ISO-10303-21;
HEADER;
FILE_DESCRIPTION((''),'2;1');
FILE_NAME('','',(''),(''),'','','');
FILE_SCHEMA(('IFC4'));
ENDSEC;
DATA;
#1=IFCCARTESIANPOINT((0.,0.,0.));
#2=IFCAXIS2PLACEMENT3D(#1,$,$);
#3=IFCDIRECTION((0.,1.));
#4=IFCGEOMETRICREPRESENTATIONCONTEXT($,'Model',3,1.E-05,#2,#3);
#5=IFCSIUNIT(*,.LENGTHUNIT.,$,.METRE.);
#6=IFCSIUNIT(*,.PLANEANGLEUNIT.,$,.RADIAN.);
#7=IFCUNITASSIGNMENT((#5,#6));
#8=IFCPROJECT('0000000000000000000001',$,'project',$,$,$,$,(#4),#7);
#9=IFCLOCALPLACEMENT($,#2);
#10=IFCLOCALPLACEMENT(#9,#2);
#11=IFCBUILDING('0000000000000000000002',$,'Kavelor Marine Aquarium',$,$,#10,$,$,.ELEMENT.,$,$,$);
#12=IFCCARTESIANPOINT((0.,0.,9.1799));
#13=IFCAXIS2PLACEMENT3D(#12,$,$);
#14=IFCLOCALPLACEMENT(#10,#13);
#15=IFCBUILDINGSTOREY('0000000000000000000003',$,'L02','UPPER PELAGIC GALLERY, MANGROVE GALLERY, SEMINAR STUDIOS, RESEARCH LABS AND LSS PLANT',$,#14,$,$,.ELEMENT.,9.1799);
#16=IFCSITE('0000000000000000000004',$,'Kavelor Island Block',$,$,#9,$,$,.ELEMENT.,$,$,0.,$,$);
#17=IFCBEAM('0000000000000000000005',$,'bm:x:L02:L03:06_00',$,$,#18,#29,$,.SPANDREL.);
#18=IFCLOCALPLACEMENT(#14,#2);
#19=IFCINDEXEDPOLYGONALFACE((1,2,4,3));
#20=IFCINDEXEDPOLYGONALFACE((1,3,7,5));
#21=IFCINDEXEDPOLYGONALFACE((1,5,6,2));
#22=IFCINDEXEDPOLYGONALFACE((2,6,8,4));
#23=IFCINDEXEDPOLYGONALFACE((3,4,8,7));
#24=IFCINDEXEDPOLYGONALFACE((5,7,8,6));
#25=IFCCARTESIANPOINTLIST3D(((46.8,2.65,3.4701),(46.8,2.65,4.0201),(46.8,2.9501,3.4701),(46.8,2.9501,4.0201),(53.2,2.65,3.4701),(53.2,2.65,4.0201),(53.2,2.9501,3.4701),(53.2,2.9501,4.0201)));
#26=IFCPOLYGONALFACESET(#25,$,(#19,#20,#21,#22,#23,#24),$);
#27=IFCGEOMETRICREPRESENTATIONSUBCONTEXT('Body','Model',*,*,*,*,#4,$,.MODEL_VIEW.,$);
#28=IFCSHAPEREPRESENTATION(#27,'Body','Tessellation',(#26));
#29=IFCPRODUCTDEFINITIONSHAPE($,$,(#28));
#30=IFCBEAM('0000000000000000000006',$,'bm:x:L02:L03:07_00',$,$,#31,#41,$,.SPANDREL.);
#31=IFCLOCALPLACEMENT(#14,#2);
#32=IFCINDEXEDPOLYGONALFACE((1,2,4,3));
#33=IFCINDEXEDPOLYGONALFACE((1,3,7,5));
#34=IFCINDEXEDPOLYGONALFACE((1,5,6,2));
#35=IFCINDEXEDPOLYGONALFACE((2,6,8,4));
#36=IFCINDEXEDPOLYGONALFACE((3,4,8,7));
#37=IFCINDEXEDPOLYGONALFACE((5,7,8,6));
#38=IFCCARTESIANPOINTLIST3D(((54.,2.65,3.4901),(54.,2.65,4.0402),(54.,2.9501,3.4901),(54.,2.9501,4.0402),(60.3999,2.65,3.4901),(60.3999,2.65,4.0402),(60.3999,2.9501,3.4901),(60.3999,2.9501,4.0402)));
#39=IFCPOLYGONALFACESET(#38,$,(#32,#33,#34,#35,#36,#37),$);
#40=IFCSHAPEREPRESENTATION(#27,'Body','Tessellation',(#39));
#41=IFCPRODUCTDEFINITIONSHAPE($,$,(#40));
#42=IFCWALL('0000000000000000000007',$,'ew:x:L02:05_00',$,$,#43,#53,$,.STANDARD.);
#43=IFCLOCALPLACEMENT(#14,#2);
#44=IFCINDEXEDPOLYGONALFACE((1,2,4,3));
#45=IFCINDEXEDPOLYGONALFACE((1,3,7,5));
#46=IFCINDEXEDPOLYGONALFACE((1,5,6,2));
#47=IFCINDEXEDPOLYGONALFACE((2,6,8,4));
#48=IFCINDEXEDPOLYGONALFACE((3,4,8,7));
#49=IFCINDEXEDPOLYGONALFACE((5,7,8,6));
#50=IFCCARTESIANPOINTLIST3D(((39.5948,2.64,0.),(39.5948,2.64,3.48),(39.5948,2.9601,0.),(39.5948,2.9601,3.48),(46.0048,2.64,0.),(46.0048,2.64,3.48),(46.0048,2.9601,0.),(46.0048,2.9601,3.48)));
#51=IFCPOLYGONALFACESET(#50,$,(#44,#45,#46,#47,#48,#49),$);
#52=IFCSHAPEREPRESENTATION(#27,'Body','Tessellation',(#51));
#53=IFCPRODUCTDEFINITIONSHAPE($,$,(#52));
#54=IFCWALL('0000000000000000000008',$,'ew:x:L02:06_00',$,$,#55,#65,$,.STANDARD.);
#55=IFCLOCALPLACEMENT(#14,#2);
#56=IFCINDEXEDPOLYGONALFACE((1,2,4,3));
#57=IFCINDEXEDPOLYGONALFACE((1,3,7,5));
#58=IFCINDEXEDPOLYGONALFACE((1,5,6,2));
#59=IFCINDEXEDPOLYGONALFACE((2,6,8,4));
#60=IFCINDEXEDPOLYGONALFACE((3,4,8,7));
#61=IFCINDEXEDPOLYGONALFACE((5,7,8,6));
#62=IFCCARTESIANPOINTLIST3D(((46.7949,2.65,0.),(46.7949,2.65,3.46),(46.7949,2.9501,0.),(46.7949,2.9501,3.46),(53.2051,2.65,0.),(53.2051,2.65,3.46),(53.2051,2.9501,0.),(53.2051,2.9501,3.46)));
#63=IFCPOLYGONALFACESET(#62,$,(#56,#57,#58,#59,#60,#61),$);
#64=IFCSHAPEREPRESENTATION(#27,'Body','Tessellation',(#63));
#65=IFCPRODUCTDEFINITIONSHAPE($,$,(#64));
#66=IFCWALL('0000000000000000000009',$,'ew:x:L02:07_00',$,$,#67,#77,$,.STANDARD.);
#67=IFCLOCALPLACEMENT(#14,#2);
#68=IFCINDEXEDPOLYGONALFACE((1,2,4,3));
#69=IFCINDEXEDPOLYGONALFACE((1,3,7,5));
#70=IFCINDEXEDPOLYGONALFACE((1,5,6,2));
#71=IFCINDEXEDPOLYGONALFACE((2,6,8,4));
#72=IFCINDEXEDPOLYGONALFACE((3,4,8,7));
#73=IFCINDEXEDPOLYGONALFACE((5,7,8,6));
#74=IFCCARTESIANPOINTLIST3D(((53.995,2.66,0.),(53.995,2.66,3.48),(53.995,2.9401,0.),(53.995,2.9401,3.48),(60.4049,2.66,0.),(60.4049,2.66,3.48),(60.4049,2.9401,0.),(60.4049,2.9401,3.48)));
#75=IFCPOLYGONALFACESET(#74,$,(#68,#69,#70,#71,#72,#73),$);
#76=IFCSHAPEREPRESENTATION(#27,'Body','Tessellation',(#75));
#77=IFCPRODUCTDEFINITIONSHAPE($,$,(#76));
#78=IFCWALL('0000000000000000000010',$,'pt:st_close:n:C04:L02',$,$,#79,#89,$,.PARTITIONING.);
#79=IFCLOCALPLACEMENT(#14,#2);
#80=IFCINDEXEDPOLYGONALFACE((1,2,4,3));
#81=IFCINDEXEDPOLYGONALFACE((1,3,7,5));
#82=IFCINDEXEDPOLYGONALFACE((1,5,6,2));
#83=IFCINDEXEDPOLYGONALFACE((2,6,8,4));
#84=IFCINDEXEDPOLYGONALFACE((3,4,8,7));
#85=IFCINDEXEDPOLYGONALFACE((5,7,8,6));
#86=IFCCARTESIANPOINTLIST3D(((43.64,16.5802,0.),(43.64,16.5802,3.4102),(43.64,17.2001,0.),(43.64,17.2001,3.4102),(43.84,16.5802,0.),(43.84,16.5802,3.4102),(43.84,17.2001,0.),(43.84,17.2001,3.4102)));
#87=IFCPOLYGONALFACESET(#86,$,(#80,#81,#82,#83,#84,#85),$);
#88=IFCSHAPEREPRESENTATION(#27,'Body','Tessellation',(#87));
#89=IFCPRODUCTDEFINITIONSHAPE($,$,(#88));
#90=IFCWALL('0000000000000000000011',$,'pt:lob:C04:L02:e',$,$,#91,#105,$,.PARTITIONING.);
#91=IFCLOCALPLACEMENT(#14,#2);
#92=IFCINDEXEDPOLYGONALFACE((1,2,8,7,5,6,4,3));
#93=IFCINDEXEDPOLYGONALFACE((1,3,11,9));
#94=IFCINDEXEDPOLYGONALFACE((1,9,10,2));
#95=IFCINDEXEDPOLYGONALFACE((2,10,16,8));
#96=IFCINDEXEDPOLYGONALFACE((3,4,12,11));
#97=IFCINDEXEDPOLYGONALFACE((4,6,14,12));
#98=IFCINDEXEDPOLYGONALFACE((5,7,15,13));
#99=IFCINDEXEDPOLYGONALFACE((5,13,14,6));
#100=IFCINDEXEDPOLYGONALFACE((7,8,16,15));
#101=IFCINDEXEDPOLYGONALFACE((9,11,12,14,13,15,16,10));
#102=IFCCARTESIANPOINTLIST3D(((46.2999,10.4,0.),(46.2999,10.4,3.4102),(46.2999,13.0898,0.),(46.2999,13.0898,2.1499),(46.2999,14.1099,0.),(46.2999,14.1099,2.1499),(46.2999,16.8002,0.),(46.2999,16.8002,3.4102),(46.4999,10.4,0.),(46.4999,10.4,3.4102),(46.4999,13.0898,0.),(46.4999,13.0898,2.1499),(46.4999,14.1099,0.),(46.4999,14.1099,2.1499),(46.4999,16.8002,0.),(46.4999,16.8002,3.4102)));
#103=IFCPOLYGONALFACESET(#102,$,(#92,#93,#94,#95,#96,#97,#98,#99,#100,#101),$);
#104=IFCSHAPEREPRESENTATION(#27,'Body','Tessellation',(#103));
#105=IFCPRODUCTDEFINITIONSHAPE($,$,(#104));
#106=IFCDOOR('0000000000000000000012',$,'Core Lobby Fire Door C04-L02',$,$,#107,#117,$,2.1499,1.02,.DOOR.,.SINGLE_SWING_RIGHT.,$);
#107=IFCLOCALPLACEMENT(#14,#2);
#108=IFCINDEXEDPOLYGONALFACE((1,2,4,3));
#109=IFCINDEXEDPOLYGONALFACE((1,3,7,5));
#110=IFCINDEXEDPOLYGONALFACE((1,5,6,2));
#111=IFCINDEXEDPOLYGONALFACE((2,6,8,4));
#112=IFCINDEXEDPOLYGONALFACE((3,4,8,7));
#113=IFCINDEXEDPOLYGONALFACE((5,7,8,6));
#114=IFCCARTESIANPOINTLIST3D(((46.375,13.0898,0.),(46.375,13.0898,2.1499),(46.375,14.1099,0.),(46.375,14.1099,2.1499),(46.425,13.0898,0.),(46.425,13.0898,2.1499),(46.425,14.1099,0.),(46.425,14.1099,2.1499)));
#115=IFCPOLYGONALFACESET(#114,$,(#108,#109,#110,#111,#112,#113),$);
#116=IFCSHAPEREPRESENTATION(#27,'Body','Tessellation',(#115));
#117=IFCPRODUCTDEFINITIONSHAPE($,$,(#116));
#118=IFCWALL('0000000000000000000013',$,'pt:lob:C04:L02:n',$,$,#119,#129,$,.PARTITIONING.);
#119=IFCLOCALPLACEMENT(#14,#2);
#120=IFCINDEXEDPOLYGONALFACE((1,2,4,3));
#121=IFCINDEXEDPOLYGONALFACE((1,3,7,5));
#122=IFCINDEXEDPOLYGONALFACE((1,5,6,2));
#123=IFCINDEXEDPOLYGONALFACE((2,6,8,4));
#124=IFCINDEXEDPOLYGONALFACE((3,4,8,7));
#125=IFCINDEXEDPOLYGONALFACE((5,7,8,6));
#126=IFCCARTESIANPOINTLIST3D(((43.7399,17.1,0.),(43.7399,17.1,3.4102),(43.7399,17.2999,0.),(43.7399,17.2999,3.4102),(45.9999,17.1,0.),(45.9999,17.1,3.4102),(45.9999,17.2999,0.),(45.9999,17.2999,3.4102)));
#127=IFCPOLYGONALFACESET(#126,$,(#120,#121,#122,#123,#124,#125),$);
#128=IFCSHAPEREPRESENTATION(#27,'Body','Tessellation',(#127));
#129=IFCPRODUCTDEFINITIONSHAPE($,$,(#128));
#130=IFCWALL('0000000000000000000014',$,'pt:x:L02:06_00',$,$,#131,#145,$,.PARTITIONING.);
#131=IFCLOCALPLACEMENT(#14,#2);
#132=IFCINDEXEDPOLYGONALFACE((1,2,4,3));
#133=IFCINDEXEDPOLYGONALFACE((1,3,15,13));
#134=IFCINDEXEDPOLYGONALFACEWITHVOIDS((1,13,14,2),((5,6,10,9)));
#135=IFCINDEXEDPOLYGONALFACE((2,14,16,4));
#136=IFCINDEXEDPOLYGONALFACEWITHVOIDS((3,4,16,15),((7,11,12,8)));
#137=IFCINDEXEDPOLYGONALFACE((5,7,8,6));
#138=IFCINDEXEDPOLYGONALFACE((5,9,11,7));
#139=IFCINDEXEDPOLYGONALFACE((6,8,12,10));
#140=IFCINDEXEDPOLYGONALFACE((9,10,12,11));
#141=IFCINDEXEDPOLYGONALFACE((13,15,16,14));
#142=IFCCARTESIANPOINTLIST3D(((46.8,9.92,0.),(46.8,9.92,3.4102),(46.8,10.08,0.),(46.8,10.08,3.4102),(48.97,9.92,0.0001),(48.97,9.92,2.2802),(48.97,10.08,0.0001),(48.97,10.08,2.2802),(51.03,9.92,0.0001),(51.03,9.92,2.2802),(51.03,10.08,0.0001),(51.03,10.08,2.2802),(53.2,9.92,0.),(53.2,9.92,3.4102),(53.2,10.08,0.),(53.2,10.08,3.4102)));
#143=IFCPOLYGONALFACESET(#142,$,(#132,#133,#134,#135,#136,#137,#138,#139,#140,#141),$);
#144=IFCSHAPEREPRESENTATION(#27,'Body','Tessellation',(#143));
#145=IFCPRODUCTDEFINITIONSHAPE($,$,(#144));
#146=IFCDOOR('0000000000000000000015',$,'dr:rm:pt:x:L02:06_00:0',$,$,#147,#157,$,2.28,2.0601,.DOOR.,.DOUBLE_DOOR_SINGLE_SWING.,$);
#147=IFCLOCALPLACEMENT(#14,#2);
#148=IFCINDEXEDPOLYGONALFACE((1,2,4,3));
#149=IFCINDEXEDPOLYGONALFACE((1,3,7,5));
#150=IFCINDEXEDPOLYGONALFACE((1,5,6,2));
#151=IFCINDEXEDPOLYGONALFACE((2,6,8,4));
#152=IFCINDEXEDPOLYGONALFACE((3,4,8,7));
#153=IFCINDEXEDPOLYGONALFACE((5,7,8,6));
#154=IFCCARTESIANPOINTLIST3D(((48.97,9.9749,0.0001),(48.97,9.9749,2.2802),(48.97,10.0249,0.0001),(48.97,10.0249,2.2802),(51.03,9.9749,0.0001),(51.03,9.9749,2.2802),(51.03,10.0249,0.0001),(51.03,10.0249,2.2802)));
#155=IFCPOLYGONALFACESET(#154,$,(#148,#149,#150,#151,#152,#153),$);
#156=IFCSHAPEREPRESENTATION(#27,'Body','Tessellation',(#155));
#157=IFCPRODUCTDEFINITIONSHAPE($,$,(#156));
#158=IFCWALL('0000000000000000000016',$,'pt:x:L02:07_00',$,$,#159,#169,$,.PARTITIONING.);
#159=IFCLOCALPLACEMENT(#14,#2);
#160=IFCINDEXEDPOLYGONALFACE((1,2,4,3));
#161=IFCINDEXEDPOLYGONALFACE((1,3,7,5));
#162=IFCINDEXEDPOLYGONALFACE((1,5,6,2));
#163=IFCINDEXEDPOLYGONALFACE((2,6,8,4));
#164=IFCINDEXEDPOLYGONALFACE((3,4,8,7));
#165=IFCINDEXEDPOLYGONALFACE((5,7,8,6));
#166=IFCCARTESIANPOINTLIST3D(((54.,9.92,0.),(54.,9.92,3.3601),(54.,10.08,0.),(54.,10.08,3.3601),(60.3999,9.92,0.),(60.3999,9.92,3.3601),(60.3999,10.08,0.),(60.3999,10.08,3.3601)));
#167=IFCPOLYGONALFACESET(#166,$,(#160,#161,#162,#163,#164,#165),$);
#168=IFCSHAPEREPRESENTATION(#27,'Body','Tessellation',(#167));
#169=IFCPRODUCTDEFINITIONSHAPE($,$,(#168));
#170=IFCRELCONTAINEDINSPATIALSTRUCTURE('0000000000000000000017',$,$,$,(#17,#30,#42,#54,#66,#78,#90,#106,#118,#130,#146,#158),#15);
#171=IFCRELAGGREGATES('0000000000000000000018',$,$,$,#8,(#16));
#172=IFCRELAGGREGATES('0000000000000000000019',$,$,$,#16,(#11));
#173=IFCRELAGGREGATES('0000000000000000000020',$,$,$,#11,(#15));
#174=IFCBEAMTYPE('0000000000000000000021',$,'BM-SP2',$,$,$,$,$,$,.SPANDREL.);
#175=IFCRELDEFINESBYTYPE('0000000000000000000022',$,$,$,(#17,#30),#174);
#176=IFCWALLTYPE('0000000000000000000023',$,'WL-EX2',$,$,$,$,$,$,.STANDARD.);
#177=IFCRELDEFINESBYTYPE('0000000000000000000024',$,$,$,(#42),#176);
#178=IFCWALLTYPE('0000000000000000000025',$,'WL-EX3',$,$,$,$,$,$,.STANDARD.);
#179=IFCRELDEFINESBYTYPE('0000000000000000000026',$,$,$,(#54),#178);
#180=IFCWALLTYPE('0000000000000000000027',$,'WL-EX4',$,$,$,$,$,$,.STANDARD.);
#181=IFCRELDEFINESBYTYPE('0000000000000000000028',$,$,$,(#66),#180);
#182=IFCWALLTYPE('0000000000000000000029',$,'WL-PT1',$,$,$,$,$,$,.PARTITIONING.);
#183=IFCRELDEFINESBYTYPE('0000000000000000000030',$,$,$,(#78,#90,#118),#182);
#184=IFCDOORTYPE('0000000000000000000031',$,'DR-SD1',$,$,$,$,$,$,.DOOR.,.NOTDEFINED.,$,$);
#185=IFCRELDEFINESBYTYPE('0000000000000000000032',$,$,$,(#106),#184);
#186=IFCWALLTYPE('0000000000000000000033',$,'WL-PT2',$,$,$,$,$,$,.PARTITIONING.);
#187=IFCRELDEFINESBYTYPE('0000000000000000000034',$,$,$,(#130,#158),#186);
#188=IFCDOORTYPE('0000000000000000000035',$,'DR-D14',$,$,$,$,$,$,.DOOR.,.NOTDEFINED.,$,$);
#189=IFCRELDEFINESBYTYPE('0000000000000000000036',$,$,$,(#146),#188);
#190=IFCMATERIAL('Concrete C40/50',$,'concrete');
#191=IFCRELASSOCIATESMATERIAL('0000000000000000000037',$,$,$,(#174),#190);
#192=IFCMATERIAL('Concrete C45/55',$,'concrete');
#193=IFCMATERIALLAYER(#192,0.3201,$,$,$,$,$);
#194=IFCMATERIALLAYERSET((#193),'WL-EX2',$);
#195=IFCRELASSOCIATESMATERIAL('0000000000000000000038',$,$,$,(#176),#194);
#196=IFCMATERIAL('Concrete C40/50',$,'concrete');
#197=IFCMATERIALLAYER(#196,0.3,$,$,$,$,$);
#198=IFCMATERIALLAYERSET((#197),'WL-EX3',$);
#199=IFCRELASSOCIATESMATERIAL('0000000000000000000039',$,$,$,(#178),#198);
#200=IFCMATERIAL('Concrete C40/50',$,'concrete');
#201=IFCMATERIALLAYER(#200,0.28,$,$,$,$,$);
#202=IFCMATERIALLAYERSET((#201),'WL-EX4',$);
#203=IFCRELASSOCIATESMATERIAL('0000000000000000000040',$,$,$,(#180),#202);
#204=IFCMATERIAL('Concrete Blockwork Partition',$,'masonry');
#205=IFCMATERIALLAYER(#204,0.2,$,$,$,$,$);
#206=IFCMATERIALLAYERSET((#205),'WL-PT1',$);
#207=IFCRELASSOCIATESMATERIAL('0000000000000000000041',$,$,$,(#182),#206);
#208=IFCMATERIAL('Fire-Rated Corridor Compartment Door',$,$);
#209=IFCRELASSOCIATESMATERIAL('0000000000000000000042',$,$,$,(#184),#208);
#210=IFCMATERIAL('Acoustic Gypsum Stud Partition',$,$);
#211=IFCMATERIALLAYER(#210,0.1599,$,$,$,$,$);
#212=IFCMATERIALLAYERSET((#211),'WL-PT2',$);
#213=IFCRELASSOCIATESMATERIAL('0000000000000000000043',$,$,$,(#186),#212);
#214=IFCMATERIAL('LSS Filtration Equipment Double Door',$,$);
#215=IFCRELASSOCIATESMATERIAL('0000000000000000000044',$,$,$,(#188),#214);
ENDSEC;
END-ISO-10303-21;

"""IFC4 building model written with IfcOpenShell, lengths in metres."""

from ifc_helpers import new_model, si_unit, direction, frame, frame_2d, origin, origin_2d, place, context, subcontext, project, spatial, rectangle, extrude, material, layer, layer_set, material_profile, profile_set, type_object, element, fill, save


model = new_model("IFC4")

# Units and contexts
model_context = context("Model", 3, precision=1e-05, world=origin(), true_north=direction((0.0, 1.0)))
body_context = subcontext(model_context, "Body", "Model", "MODEL_VIEW")
ifc_project = project(units=[si_unit("LENGTHUNIT", "METRE"), si_unit("PLANEANGLEUNIT", "RADIAN")], contexts=[model_context])

# Site, building, storey
site_placement = place(None, origin())
site = spatial("IfcSite", under=ifc_project, at=site_placement, Name="Kavelor Island Block", CompositionType="ELEMENT", RefElevation=0.0)
building_placement = place(site_placement, origin())
building = spatial("IfcBuilding", under=site, at=building_placement, Name="Kavelor Marine Aquarium", CompositionType="ELEMENT")
storey_placement = place(building_placement, frame((0.0, 0.0, 9.1799)))
storey = spatial("IfcBuildingStorey", under=building, at=storey_placement, Name="L02", Description="UPPER PELAGIC GALLERY, MANGROVE GALLERY, SEMINAR STUDIOS, RESEARCH LABS AND LSS PLANT", CompositionType="ELEMENT", Elevation=9.1799)

# Beams
ifc_material_1 = material(Name="Concrete C40/50", Category="concrete")
ifc_material_profile_1 = material_profile(ifc_material_1, rectangle(XDim=0.3, YDim=0.55, at=origin_2d()), Name="RC-SP 300x550")
ifc_profile_set_1 = profile_set([ifc_material_profile_1], Name="Concrete C40/50")
beam_type_1 = type_object("IfcBeamType", Name="BM-SP2", PredefinedType="SPANDREL", material=ifc_profile_set_1)
for number, where, z_axis, x_axis, name in (
    (1, (46.8, 2.8, 3.7451), (1.0, 0.0, 0.0), (0.0, 1.0, 0.0), "bm:x:L02:L03:06_00"),
    (2, (54.0, 2.8, 3.7651), (1.0, 0.0, 0.0), (0.0, 1.0, 0.0), "bm:x:L02:L03:07_00"),
):
    element("IfcBeam", number, at=place(storey_placement, frame(where, z_axis=z_axis, x_axis=x_axis)), inside=storey, type_object=beam_type_1, Name=name, PredefinedType="SPANDREL", context=body_context, shape_type="SweptSolid", body=[
        extrude(rectangle(XDim=0.3, YDim=0.55, at=origin_2d()), origin(), (0.0, 0.0, 1.0), 6.3999),
    ])

# Walls
ifc_material_2 = material(Name="Concrete C45/55", Category="concrete")
ifc_layer_1 = layer(ifc_material_2, 0.3201)
ifc_layer_set_1 = layer_set([ifc_layer_1], Name="WL-EX2")
wall_type_1 = type_object("IfcWallType", Name="WL-EX2", PredefinedType="STANDARD", material=ifc_layer_set_1)
wall_1_placement = place(storey_placement, frame((46.0049, 2.8, 0.0), z_axis=(0.0, 0.0, 1.0), x_axis=(-1.0, 0.0, 0.0)))
element("IfcWall", 3, at=wall_1_placement, inside=storey, type_object=wall_type_1, Name="ew:x:L02:05_00", PredefinedType="STANDARD", context=body_context, shape_type="SweptSolid", body=[
    extrude(rectangle(XDim=6.4099, YDim=0.3201, at=frame_2d((3.2051, 0.0))), origin(), (0.0, 0.0, 1.0), 3.48),
])
ifc_material_3 = material(Name="Concrete C40/50", Category="concrete")
ifc_layer_2 = layer(ifc_material_3, 0.3)
ifc_layer_set_2 = layer_set([ifc_layer_2], Name="WL-EX3")
wall_type_2 = type_object("IfcWallType", Name="WL-EX3", PredefinedType="STANDARD", material=ifc_layer_set_2)
wall_2_placement = place(storey_placement, frame((53.2051, 2.8, 0.0), z_axis=(0.0, 0.0, 1.0), x_axis=(-1.0, 0.0, 0.0)))
element("IfcWall", 4, at=wall_2_placement, inside=storey, type_object=wall_type_2, Name="ew:x:L02:06_00", PredefinedType="STANDARD", context=body_context, shape_type="SweptSolid", body=[
    extrude(rectangle(XDim=6.4102, YDim=0.3, at=frame_2d((3.2051, 0.0))), origin(), (0.0, 0.0, 1.0), 3.46),
])
ifc_material_4 = material(Name="Concrete C40/50", Category="concrete")
ifc_layer_3 = layer(ifc_material_4, 0.28)
ifc_layer_set_3 = layer_set([ifc_layer_3], Name="WL-EX4")
wall_type_3 = type_object("IfcWallType", Name="WL-EX4", PredefinedType="STANDARD", material=ifc_layer_set_3)
wall_3_placement = place(storey_placement, frame((60.405, 2.8, 0.0), z_axis=(0.0, 0.0, 1.0), x_axis=(-1.0, 0.0, 0.0)))
element("IfcWall", 5, at=wall_3_placement, inside=storey, type_object=wall_type_3, Name="ew:x:L02:07_00", PredefinedType="STANDARD", context=body_context, shape_type="SweptSolid", body=[
    extrude(rectangle(XDim=6.4099, YDim=0.28, at=frame_2d((3.2051, 0.0))), origin(), (0.0, 0.0, 1.0), 3.48),
])
ifc_material_5 = material(Name="Concrete Blockwork Partition", Category="masonry")
ifc_layer_4 = layer(ifc_material_5, 0.2)
ifc_layer_set_4 = layer_set([ifc_layer_4], Name="WL-PT1")
wall_type_4 = type_object("IfcWallType", Name="WL-PT1", PredefinedType="PARTITIONING", material=ifc_layer_set_4)
wall_4_placement = place(storey_placement, frame((43.74, 16.5801, 0.0), z_axis=(0.0, 0.0, 1.0), x_axis=(0.0, 1.0, 0.0)))
element("IfcWall", 6, at=wall_4_placement, inside=storey, type_object=wall_type_4, Name="pt:st_close:n:C04:L02", PredefinedType="PARTITIONING", context=body_context, shape_type="SweptSolid", body=[
    extrude(rectangle(XDim=0.6199, YDim=0.2, at=frame_2d((0.3101, 0.0))), origin(), (0.0, 0.0, 1.0), 3.4102),
])

# Wall, opening, door
wall_5_placement = place(storey_placement, frame((46.3999, 10.3999, 0.0), z_axis=(0.0, 0.0, 1.0), x_axis=(0.0, 1.0, 0.0)))
wall_5 = element("IfcWall", 7, at=wall_5_placement, inside=storey, type_object=wall_type_4, Name="pt:lob:C04:L02:e", PredefinedType="PARTITIONING", context=body_context, shape_type="SweptSolid", body=[
    extrude(rectangle(XDim=6.4001, YDim=0.2, at=frame_2d((3.2002, 0.0))), origin(), (0.0, 0.0, 1.0), 3.4102),
])
opening_1_placement = place(wall_5_placement, frame((2.6899, 0.0, 0.0)))
opening_1 = element("IfcOpeningElement", 8, at=opening_1_placement, cuts=wall_5, PredefinedType="OPENING", context=body_context, shape_type="SweptSolid", body=[
    extrude(rectangle(XDim=1.02, YDim=2.1499, at=frame_2d((0.51, 1.075))), frame((0.0, 0.1099, 0.0), z_axis=(0.0, -1.0, 0.0), x_axis=(1.0, 0.0, 0.0)), (0.0, 0.0, 1.0), 0.22),
])
ifc_material_6 = material(Name="Fire-Rated Corridor Compartment Door")
door_type_1 = type_object("IfcDoorType", Name="DR-SD1", OperationType="NOTDEFINED", PredefinedType="DOOR", material=ifc_material_6)
door_1_placement = place(opening_1_placement, origin())
door_1 = element("IfcDoor", 9, at=door_1_placement, inside=storey, type_object=door_type_1, Name="Core Lobby Fire Door C04-L02", OperationType="SINGLE_SWING_RIGHT", OverallHeight=2.1499, OverallWidth=1.02, PredefinedType="DOOR", context=body_context, shape_type="SweptSolid", body=[
    extrude(rectangle(XDim=1.02, YDim=2.1499, at=frame_2d((0.51, 1.075))), frame((0.0, 0.0249, 0.0), z_axis=(0.0, -1.0, 0.0), x_axis=(1.0, 0.0, 0.0)), (0.0, 0.0, 1.0), 0.05),
])
fill(opening_1, door_1)

# Wall
wall_6_placement = place(storey_placement, frame((43.74, 17.2, 0.0), z_axis=(0.0, 0.0, 1.0), x_axis=(1.0, 0.0, 0.0)))
element("IfcWall", 10, at=wall_6_placement, inside=storey, type_object=wall_type_4, Name="pt:lob:C04:L02:n", PredefinedType="PARTITIONING", context=body_context, shape_type="SweptSolid", body=[
    extrude(rectangle(XDim=2.26, YDim=0.2, at=frame_2d((1.1299, 0.0))), origin(), (0.0, 0.0, 1.0), 3.4102),
])

# Wall, opening, door
ifc_material_7 = material(Name="Acoustic Gypsum Stud Partition")
ifc_layer_5 = layer(ifc_material_7, 0.1599)
ifc_layer_set_5 = layer_set([ifc_layer_5], Name="WL-PT2")
wall_type_5 = type_object("IfcWallType", Name="WL-PT2", PredefinedType="PARTITIONING", material=ifc_layer_set_5)
wall_7_placement = place(storey_placement, frame((46.8, 10.0, 0.0), z_axis=(0.0, 0.0, 1.0), x_axis=(1.0, 0.0, 0.0)))
wall_7 = element("IfcWall", 11, at=wall_7_placement, inside=storey, type_object=wall_type_5, Name="pt:x:L02:06_00", PredefinedType="PARTITIONING", context=body_context, shape_type="SweptSolid", body=[
    extrude(rectangle(XDim=6.3999, YDim=0.1599, at=frame_2d((3.2, 0.0))), origin(), (0.0, 0.0, 1.0), 3.4102),
])
opening_2_placement = place(wall_7_placement, frame((2.1699, 0.0, 0.0)))
opening_2 = element("IfcOpeningElement", 12, at=opening_2_placement, cuts=wall_7, PredefinedType="OPENING", context=body_context, shape_type="SweptSolid", body=[
    extrude(rectangle(XDim=2.0601, YDim=2.28, at=frame_2d((1.03, 1.1401))), frame((0.0, 0.0898, 0.0), z_axis=(0.0, -1.0, 0.0), x_axis=(1.0, 0.0, 0.0)), (0.0, 0.0, 1.0), 0.1799),
])
ifc_material_8 = material(Name="LSS Filtration Equipment Double Door")
door_type_2 = type_object("IfcDoorType", Name="DR-D14", OperationType="NOTDEFINED", PredefinedType="DOOR", material=ifc_material_8)
door_2_placement = place(opening_2_placement, origin())
door_2 = element("IfcDoor", 13, at=door_2_placement, inside=storey, type_object=door_type_2, Name="dr:rm:pt:x:L02:06_00:0", OperationType="DOUBLE_DOOR_SINGLE_SWING", OverallHeight=2.28, OverallWidth=2.0601, PredefinedType="DOOR", context=body_context, shape_type="SweptSolid", body=[
    extrude(rectangle(XDim=2.0601, YDim=2.28, at=frame_2d((1.03, 1.1401))), frame((0.0, 0.0249, 0.0), z_axis=(0.0, -1.0, 0.0), x_axis=(1.0, 0.0, 0.0)), (0.0, 0.0, 1.0), 0.05),
])
fill(opening_2, door_2)

# Wall
wall_8_placement = place(storey_placement, frame((54.0, 10.0, 0.0), z_axis=(0.0, 0.0, 1.0), x_axis=(1.0, 0.0, 0.0)))
element("IfcWall", 14, at=wall_8_placement, inside=storey, type_object=wall_type_5, Name="pt:x:L02:07_00", PredefinedType="PARTITIONING", context=body_context, shape_type="SweptSolid", body=[
    extrude(rectangle(XDim=6.3999, YDim=0.1599, at=frame_2d((3.2, 0.0))), origin(), (0.0, 0.0, 1.0), 3.3601),
])

save(model, "model.ifc")
